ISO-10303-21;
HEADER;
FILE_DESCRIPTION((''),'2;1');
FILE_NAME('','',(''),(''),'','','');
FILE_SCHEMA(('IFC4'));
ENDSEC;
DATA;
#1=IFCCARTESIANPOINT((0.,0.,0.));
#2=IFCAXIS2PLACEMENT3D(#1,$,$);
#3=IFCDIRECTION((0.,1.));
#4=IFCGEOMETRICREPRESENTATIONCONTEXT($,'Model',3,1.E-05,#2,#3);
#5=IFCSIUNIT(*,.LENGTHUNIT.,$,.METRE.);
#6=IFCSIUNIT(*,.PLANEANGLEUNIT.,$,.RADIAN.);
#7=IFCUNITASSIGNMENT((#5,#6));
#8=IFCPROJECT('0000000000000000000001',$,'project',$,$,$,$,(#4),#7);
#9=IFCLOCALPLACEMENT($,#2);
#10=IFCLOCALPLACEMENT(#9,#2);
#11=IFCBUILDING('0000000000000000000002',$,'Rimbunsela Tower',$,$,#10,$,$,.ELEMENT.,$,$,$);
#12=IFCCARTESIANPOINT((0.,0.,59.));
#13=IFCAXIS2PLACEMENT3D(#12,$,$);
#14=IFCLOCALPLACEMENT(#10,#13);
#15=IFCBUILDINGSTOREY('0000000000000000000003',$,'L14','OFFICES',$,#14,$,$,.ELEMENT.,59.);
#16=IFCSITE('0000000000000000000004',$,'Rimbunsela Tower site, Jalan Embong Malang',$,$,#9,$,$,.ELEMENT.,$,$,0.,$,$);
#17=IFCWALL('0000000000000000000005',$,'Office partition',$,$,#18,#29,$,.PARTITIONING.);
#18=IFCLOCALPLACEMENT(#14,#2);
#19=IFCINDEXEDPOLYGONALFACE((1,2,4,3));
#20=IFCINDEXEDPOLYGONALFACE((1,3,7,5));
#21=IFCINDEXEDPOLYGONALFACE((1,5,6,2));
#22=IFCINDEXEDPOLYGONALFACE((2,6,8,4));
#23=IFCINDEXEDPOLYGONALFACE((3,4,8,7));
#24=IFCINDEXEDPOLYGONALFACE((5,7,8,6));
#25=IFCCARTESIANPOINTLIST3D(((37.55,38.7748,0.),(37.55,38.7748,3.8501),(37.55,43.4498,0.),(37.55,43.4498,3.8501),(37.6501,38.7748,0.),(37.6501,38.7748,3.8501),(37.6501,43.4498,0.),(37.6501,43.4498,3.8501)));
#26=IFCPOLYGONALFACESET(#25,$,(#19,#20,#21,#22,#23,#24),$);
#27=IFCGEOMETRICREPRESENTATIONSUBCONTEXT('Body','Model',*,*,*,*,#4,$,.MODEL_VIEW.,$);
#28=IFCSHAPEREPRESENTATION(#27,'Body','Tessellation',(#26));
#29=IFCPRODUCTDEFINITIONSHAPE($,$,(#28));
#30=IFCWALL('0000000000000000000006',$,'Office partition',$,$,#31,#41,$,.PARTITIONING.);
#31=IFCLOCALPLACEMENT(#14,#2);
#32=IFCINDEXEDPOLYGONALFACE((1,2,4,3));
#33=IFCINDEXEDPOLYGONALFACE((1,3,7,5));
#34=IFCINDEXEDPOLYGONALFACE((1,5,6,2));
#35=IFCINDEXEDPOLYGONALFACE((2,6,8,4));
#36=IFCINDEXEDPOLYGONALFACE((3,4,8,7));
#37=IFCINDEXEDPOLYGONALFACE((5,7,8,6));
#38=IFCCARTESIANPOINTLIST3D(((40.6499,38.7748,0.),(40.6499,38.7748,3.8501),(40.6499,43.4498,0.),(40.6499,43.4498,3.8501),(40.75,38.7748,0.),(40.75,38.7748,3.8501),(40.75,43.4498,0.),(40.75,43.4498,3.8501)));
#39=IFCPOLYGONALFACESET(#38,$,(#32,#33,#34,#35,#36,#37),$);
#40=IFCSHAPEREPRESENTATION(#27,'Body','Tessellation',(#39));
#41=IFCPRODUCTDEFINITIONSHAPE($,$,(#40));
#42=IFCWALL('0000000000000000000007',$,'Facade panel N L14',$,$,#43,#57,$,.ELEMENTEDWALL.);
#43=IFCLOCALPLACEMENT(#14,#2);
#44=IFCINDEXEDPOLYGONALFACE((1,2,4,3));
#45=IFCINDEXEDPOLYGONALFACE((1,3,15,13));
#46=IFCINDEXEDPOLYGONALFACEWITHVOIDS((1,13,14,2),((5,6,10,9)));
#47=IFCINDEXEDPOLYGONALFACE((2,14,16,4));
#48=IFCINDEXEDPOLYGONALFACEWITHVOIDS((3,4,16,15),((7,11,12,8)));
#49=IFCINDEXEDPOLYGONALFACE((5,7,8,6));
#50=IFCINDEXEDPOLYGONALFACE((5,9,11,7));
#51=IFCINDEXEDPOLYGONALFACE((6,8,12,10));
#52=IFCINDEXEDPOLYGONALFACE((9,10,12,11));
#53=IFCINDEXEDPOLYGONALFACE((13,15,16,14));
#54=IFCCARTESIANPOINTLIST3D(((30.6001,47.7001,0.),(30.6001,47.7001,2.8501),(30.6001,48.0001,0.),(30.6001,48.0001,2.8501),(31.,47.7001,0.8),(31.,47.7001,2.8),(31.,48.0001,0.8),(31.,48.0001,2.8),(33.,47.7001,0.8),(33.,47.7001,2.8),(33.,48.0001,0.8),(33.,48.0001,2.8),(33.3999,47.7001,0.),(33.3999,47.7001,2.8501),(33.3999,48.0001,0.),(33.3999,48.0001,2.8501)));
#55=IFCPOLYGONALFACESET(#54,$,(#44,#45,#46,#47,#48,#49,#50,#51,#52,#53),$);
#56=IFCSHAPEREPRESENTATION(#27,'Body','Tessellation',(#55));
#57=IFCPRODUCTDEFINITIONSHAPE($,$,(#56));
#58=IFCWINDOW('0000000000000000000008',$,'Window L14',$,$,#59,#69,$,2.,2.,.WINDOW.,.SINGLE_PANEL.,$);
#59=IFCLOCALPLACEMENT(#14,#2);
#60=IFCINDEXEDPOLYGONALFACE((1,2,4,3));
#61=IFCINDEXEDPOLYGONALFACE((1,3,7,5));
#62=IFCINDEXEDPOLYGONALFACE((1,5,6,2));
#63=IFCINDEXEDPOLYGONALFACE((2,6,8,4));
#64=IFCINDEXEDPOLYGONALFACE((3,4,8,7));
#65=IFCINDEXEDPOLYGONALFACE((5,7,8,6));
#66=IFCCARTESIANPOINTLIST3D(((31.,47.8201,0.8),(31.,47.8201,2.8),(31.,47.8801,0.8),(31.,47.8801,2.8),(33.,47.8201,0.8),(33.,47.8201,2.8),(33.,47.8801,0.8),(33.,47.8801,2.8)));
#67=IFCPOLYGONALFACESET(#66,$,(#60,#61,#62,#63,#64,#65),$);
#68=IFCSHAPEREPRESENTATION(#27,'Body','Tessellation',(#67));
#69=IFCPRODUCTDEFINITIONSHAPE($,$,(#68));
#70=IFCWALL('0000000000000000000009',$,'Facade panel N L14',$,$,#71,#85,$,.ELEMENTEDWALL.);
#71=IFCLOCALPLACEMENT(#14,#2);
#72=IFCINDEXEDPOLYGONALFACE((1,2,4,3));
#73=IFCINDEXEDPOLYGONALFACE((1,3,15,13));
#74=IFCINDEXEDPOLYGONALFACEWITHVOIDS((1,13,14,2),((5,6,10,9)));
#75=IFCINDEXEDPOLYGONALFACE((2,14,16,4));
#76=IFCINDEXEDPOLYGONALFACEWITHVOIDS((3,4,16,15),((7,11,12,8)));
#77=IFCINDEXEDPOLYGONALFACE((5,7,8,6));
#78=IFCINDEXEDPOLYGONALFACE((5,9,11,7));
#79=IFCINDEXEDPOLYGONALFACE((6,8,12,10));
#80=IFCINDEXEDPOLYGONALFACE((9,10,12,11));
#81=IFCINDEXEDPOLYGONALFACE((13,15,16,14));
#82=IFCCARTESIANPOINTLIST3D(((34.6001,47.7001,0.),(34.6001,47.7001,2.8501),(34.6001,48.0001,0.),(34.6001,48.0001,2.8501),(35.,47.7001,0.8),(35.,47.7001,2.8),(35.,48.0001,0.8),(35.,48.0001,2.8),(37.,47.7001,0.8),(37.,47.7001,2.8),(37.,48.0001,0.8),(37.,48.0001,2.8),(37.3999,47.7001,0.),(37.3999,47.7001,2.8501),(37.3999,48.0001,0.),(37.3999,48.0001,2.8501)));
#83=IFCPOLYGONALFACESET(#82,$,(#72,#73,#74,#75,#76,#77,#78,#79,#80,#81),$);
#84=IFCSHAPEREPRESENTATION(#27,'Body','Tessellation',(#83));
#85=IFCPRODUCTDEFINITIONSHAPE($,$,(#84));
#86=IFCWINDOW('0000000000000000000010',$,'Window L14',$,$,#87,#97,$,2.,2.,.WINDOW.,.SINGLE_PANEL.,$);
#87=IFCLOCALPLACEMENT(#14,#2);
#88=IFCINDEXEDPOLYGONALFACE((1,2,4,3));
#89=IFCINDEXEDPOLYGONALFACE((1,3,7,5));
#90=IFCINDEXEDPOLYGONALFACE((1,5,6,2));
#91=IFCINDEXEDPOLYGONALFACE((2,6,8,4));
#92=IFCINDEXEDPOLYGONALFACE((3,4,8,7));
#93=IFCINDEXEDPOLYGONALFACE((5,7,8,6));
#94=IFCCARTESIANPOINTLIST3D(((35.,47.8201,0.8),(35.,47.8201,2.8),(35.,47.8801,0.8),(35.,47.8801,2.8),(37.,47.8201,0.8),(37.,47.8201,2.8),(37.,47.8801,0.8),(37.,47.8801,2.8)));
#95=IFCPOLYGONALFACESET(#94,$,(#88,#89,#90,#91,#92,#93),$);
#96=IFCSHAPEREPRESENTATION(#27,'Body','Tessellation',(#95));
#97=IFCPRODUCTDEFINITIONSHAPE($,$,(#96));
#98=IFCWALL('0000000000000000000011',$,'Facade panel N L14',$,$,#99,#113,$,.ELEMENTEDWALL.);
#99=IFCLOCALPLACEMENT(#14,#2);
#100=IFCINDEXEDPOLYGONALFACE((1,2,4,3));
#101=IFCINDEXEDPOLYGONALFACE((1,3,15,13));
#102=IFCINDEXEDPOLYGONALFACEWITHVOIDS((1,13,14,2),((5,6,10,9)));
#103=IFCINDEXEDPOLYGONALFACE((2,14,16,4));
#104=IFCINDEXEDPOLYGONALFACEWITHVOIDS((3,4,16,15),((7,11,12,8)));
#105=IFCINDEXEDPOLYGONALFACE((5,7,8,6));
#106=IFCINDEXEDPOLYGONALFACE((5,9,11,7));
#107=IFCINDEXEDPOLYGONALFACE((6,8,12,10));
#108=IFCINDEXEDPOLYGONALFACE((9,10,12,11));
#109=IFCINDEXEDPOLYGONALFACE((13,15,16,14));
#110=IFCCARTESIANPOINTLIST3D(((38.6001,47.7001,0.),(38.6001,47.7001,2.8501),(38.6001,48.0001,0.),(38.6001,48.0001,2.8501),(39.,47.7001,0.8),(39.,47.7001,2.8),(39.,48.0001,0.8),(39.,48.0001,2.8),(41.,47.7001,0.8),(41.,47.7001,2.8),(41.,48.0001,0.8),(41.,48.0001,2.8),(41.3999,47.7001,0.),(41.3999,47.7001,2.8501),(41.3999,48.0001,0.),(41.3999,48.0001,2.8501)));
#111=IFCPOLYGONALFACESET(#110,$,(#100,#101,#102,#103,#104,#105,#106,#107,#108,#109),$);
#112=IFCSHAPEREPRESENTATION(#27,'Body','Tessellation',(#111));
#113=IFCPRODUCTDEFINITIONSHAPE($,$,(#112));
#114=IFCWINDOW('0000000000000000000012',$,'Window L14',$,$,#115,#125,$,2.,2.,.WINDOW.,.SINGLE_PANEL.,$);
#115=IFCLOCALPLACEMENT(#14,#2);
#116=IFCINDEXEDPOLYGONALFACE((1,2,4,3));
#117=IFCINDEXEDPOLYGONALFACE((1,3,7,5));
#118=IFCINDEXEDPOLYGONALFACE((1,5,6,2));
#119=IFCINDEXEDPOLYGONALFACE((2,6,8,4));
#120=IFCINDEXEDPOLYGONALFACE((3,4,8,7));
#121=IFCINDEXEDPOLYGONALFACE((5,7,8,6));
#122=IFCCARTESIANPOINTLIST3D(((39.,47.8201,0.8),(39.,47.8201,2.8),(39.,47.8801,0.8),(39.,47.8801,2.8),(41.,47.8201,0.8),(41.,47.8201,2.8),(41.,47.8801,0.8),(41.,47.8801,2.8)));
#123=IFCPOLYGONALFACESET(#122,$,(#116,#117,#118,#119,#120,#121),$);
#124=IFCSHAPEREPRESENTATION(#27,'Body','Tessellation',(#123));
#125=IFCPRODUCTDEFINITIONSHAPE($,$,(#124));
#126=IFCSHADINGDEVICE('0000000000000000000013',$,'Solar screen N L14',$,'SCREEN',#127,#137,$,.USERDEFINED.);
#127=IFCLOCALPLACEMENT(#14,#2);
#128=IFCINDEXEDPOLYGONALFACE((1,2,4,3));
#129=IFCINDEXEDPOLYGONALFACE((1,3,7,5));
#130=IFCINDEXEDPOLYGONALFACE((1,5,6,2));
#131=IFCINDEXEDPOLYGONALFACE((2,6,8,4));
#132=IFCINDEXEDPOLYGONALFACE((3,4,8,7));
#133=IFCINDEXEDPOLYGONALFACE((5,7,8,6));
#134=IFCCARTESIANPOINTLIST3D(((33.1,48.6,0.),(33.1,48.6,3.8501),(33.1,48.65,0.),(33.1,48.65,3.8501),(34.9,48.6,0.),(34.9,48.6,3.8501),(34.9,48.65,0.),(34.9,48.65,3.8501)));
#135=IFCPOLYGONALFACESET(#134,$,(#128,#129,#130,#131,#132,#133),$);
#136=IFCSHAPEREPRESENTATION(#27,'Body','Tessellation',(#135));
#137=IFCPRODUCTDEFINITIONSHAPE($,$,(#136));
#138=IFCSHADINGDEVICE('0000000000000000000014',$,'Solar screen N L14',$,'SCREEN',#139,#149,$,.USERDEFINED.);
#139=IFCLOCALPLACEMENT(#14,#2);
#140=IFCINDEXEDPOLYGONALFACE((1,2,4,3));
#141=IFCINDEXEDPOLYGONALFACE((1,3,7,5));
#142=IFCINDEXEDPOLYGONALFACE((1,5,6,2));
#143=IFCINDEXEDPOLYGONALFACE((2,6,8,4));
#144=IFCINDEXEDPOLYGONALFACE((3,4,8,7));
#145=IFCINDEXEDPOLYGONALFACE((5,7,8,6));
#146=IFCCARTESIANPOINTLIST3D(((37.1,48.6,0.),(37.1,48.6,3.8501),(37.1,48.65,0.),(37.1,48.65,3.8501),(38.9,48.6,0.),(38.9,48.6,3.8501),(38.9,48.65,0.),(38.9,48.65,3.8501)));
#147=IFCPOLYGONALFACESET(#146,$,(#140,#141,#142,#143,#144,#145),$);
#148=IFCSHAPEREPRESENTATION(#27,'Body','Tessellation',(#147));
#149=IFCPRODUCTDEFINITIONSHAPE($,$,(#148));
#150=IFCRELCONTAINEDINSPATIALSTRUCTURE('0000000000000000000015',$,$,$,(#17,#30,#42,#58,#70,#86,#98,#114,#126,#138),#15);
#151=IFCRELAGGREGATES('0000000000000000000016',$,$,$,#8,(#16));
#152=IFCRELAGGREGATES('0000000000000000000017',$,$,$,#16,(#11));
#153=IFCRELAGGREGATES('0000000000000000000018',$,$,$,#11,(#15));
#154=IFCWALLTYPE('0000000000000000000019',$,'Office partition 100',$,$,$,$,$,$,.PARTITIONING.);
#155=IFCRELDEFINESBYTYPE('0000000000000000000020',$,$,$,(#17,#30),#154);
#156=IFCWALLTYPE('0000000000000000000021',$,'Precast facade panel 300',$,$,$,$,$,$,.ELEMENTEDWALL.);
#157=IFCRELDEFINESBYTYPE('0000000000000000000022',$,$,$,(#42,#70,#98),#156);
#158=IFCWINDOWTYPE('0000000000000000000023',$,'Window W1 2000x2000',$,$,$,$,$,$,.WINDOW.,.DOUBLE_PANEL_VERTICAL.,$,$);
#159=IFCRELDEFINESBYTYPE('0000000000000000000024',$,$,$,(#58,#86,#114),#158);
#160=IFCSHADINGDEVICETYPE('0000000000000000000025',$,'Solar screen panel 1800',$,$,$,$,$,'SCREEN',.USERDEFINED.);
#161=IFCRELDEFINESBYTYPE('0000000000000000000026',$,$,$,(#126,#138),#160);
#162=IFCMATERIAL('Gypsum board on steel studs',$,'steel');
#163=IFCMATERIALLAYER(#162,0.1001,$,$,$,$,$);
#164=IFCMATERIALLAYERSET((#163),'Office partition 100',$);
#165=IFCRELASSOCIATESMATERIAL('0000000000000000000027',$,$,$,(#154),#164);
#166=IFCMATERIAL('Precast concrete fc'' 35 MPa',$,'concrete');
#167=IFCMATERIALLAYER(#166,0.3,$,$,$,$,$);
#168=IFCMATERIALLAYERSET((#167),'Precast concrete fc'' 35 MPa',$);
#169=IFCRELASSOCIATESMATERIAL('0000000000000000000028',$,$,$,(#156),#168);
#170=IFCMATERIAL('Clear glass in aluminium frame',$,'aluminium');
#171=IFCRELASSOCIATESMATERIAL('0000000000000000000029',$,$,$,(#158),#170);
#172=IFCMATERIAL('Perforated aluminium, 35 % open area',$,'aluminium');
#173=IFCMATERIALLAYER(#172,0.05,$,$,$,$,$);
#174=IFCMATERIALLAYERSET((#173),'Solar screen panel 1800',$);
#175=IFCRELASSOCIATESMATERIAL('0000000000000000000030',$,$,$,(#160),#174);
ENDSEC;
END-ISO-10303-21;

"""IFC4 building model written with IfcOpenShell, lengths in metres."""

from ifc_helpers import new_model, si_unit, direction, frame, frame_2d, origin, origin_2d, place, context, subcontext, project, spatial, rectangle, extrude, material, layer, layer_set, type_object, element, fill, save


model = new_model("IFC4")

# Units and contexts
model_context = context("Model", 3, precision=1e-05, world=origin(), true_north=direction((0.0, 1.0)))
body_context = subcontext(model_context, "Body", "Model", "MODEL_VIEW")
ifc_project = project(units=[si_unit("LENGTHUNIT", "METRE"), si_unit("PLANEANGLEUNIT", "RADIAN")], contexts=[model_context])

# Site, building, storey
site_placement = place(None, origin())
site = spatial("IfcSite", under=ifc_project, at=site_placement, Name="Rimbunsela Tower site, Jalan Embong Malang", CompositionType="ELEMENT", RefElevation=0.0)
building_placement = place(site_placement, origin())
building = spatial("IfcBuilding", under=site, at=building_placement, Name="Rimbunsela Tower", CompositionType="ELEMENT")
storey_placement = place(building_placement, frame((0.0, 0.0, 59.0)))
storey = spatial("IfcBuildingStorey", under=building, at=storey_placement, Name="L14", Description="OFFICES", CompositionType="ELEMENT", Elevation=59.0)

# Shared definitions
ifc_material_1 = material(Name="Gypsum board on steel studs", Category="steel")
ifc_layer_1 = layer(ifc_material_1, 0.1001)
ifc_layer_set_1 = layer_set([ifc_layer_1], Name="Office partition 100")
wall_type_1 = type_object("IfcWallType", Name="Office partition 100", PredefinedType="PARTITIONING", material=ifc_layer_set_1)

# Walls
for number, where, z_axis, x_axis, name in (
    (1, (37.6001, 38.7749, 0.0), (0.0, 0.0, 1.0), (0.0, 1.0, 0.0), "Office partition"),
    (2, (40.7, 38.7749, 0.0), (0.0, 0.0, 1.0), (0.0, 1.0, 0.0), "Office partition"),
):
    element("IfcWall", number, at=place(storey_placement, frame(where, z_axis=z_axis, x_axis=x_axis)), inside=storey, type_object=wall_type_1, Name=name, PredefinedType="PARTITIONING", context=body_context, shape_type="SweptSolid", body=[
        extrude(rectangle(XDim=4.675, YDim=0.1001, at=frame_2d((2.3374, 0.0))), origin(), (0.0, 0.0, 1.0), 3.8501),
    ])

# Walls, openings, windows
ifc_material_2 = material(Name="Precast concrete fc' 35 MPa", Category="concrete")
ifc_layer_2 = layer(ifc_material_2, 0.3)
ifc_layer_set_2 = layer_set([ifc_layer_2], Name="Precast concrete fc' 35 MPa")
wall_type_2 = type_object("IfcWallType", Name="Precast facade panel 300", PredefinedType="ELEMENTEDWALL", material=ifc_layer_set_2)
wall_1_placement = place(storey_placement, frame((33.3999, 47.8501, 0.0), z_axis=(0.0, 0.0, 1.0), x_axis=(-1.0, 0.0, 0.0)))
wall_1 = element("IfcWall", 3, at=wall_1_placement, inside=storey, type_object=wall_type_2, Name="Facade panel N L14", PredefinedType="ELEMENTEDWALL", context=body_context, shape_type="SweptSolid", body=[
    extrude(rectangle(XDim=2.7998, YDim=0.3, at=frame_2d((1.3999, 0.0))), origin(), (0.0, 0.0, 1.0), 2.8501),
])
opening_1_placement = place(wall_1_placement, frame((0.3999, 0.0, 0.8)))
opening_1 = element("IfcOpeningElement", 4, at=opening_1_placement, cuts=wall_1, PredefinedType="OPENING", context=body_context, shape_type="SweptSolid", body=[
    extrude(rectangle(XDim=2.0, YDim=2.0, at=frame_2d((1.0, 1.0))), frame((0.0, 0.1599, 0.0), z_axis=(0.0, -1.0, 0.0), x_axis=(1.0, 0.0, 0.0)), (0.0, 0.0, 1.0), 0.3201),
])
ifc_material_3 = material(Name="Clear glass in aluminium frame", Category="aluminium")
window_type = type_object("IfcWindowType", Name="Window W1 2000x2000", PartitioningType="DOUBLE_PANEL_VERTICAL", PredefinedType="WINDOW", material=ifc_material_3)
window_1_placement = place(opening_1_placement, origin())
window_1 = element("IfcWindow", 5, at=window_1_placement, inside=storey, type_object=window_type, Name="Window L14", OverallHeight=2.0, OverallWidth=2.0, PartitioningType="SINGLE_PANEL", PredefinedType="WINDOW", context=body_context, shape_type="SweptSolid", body=[
    extrude(rectangle(XDim=2.0, YDim=2.0, at=frame_2d((1.0, 1.0))), frame((0.0, 0.03, 0.0), z_axis=(0.0, -1.0, 0.0), x_axis=(1.0, 0.0, 0.0)), (0.0, 0.0, 1.0), 0.0601),
])
fill(opening_1, window_1)
wall_2_placement = place(storey_placement, frame((37.3999, 47.8501, 0.0), z_axis=(0.0, 0.0, 1.0), x_axis=(-1.0, 0.0, 0.0)))
wall_2 = element("IfcWall", 6, at=wall_2_placement, inside=storey, type_object=wall_type_2, Name="Facade panel N L14", PredefinedType="ELEMENTEDWALL", context=body_context, shape_type="SweptSolid", body=[
    extrude(rectangle(XDim=2.7998, YDim=0.3, at=frame_2d((1.3999, 0.0))), origin(), (0.0, 0.0, 1.0), 2.8501),
])
opening_2_placement = place(wall_2_placement, frame((0.3999, 0.0, 0.8)))
opening_2 = element("IfcOpeningElement", 7, at=opening_2_placement, cuts=wall_2, PredefinedType="OPENING", context=body_context, shape_type="SweptSolid", body=[
    extrude(rectangle(XDim=2.0, YDim=2.0, at=frame_2d((1.0, 1.0))), frame((0.0, 0.1599, 0.0), z_axis=(0.0, -1.0, 0.0), x_axis=(1.0, 0.0, 0.0)), (0.0, 0.0, 1.0), 0.3201),
])
window_2_placement = place(opening_2_placement, origin())
window_2 = element("IfcWindow", 8, at=window_2_placement, inside=storey, type_object=window_type, Name="Window L14", OverallHeight=2.0, OverallWidth=2.0, PartitioningType="SINGLE_PANEL", PredefinedType="WINDOW", context=body_context, shape_type="SweptSolid", body=[
    extrude(rectangle(XDim=2.0, YDim=2.0, at=frame_2d((1.0, 1.0))), frame((0.0, 0.03, 0.0), z_axis=(0.0, -1.0, 0.0), x_axis=(1.0, 0.0, 0.0)), (0.0, 0.0, 1.0), 0.0601),
])
fill(opening_2, window_2)
wall_3_placement = place(storey_placement, frame((41.3999, 47.8501, 0.0), z_axis=(0.0, 0.0, 1.0), x_axis=(-1.0, 0.0, 0.0)))
wall_3 = element("IfcWall", 9, at=wall_3_placement, inside=storey, type_object=wall_type_2, Name="Facade panel N L14", PredefinedType="ELEMENTEDWALL", context=body_context, shape_type="SweptSolid", body=[
    extrude(rectangle(XDim=2.7998, YDim=0.3, at=frame_2d((1.3999, 0.0))), origin(), (0.0, 0.0, 1.0), 2.8501),
])
opening_3_placement = place(wall_3_placement, frame((0.3999, 0.0, 0.8)))
opening_3 = element("IfcOpeningElement", 10, at=opening_3_placement, cuts=wall_3, PredefinedType="OPENING", context=body_context, shape_type="SweptSolid", body=[
    extrude(rectangle(XDim=2.0, YDim=2.0, at=frame_2d((1.0, 1.0))), frame((0.0, 0.1599, 0.0), z_axis=(0.0, -1.0, 0.0), x_axis=(1.0, 0.0, 0.0)), (0.0, 0.0, 1.0), 0.3201),
])
window_3_placement = place(opening_3_placement, origin())
window_3 = element("IfcWindow", 11, at=window_3_placement, inside=storey, type_object=window_type, Name="Window L14", OverallHeight=2.0, OverallWidth=2.0, PartitioningType="SINGLE_PANEL", PredefinedType="WINDOW", context=body_context, shape_type="SweptSolid", body=[
    extrude(rectangle(XDim=2.0, YDim=2.0, at=frame_2d((1.0, 1.0))), frame((0.0, 0.03, 0.0), z_axis=(0.0, -1.0, 0.0), x_axis=(1.0, 0.0, 0.0)), (0.0, 0.0, 1.0), 0.0601),
])
fill(opening_3, window_3)

# Shading devices
ifc_material_4 = material(Name="Perforated aluminium, 35 % open area", Category="aluminium")
ifc_layer_3 = layer(ifc_material_4, 0.05)
ifc_layer_set_3 = layer_set([ifc_layer_3], Name="Solar screen panel 1800")
shading_device_type = type_object("IfcShadingDeviceType", Name="Solar screen panel 1800", ElementType="SCREEN", PredefinedType="USERDEFINED", material=ifc_layer_set_3)
for number, where, z_axis, x_axis, name in (
    (12, (34.0, 48.625, 0.0), (0.0, 0.0, 1.0), (1.0, 0.0, 0.0), "Solar screen N L14"),
    (13, (38.0, 48.625, 0.0), (0.0, 0.0, 1.0), (1.0, 0.0, 0.0), "Solar screen N L14"),
):
    element("IfcShadingDevice", number, at=place(storey_placement, frame(where, z_axis=z_axis, x_axis=x_axis)), inside=storey, type_object=shading_device_type, Name=name, ObjectType="SCREEN", PredefinedType="USERDEFINED", context=body_context, shape_type="SweptSolid", body=[
        extrude(rectangle(XDim=1.8, YDim=0.05, at=origin_2d()), origin(), (0.0, 0.0, 1.0), 3.8501),
    ])

save(model, "model.ifc")
